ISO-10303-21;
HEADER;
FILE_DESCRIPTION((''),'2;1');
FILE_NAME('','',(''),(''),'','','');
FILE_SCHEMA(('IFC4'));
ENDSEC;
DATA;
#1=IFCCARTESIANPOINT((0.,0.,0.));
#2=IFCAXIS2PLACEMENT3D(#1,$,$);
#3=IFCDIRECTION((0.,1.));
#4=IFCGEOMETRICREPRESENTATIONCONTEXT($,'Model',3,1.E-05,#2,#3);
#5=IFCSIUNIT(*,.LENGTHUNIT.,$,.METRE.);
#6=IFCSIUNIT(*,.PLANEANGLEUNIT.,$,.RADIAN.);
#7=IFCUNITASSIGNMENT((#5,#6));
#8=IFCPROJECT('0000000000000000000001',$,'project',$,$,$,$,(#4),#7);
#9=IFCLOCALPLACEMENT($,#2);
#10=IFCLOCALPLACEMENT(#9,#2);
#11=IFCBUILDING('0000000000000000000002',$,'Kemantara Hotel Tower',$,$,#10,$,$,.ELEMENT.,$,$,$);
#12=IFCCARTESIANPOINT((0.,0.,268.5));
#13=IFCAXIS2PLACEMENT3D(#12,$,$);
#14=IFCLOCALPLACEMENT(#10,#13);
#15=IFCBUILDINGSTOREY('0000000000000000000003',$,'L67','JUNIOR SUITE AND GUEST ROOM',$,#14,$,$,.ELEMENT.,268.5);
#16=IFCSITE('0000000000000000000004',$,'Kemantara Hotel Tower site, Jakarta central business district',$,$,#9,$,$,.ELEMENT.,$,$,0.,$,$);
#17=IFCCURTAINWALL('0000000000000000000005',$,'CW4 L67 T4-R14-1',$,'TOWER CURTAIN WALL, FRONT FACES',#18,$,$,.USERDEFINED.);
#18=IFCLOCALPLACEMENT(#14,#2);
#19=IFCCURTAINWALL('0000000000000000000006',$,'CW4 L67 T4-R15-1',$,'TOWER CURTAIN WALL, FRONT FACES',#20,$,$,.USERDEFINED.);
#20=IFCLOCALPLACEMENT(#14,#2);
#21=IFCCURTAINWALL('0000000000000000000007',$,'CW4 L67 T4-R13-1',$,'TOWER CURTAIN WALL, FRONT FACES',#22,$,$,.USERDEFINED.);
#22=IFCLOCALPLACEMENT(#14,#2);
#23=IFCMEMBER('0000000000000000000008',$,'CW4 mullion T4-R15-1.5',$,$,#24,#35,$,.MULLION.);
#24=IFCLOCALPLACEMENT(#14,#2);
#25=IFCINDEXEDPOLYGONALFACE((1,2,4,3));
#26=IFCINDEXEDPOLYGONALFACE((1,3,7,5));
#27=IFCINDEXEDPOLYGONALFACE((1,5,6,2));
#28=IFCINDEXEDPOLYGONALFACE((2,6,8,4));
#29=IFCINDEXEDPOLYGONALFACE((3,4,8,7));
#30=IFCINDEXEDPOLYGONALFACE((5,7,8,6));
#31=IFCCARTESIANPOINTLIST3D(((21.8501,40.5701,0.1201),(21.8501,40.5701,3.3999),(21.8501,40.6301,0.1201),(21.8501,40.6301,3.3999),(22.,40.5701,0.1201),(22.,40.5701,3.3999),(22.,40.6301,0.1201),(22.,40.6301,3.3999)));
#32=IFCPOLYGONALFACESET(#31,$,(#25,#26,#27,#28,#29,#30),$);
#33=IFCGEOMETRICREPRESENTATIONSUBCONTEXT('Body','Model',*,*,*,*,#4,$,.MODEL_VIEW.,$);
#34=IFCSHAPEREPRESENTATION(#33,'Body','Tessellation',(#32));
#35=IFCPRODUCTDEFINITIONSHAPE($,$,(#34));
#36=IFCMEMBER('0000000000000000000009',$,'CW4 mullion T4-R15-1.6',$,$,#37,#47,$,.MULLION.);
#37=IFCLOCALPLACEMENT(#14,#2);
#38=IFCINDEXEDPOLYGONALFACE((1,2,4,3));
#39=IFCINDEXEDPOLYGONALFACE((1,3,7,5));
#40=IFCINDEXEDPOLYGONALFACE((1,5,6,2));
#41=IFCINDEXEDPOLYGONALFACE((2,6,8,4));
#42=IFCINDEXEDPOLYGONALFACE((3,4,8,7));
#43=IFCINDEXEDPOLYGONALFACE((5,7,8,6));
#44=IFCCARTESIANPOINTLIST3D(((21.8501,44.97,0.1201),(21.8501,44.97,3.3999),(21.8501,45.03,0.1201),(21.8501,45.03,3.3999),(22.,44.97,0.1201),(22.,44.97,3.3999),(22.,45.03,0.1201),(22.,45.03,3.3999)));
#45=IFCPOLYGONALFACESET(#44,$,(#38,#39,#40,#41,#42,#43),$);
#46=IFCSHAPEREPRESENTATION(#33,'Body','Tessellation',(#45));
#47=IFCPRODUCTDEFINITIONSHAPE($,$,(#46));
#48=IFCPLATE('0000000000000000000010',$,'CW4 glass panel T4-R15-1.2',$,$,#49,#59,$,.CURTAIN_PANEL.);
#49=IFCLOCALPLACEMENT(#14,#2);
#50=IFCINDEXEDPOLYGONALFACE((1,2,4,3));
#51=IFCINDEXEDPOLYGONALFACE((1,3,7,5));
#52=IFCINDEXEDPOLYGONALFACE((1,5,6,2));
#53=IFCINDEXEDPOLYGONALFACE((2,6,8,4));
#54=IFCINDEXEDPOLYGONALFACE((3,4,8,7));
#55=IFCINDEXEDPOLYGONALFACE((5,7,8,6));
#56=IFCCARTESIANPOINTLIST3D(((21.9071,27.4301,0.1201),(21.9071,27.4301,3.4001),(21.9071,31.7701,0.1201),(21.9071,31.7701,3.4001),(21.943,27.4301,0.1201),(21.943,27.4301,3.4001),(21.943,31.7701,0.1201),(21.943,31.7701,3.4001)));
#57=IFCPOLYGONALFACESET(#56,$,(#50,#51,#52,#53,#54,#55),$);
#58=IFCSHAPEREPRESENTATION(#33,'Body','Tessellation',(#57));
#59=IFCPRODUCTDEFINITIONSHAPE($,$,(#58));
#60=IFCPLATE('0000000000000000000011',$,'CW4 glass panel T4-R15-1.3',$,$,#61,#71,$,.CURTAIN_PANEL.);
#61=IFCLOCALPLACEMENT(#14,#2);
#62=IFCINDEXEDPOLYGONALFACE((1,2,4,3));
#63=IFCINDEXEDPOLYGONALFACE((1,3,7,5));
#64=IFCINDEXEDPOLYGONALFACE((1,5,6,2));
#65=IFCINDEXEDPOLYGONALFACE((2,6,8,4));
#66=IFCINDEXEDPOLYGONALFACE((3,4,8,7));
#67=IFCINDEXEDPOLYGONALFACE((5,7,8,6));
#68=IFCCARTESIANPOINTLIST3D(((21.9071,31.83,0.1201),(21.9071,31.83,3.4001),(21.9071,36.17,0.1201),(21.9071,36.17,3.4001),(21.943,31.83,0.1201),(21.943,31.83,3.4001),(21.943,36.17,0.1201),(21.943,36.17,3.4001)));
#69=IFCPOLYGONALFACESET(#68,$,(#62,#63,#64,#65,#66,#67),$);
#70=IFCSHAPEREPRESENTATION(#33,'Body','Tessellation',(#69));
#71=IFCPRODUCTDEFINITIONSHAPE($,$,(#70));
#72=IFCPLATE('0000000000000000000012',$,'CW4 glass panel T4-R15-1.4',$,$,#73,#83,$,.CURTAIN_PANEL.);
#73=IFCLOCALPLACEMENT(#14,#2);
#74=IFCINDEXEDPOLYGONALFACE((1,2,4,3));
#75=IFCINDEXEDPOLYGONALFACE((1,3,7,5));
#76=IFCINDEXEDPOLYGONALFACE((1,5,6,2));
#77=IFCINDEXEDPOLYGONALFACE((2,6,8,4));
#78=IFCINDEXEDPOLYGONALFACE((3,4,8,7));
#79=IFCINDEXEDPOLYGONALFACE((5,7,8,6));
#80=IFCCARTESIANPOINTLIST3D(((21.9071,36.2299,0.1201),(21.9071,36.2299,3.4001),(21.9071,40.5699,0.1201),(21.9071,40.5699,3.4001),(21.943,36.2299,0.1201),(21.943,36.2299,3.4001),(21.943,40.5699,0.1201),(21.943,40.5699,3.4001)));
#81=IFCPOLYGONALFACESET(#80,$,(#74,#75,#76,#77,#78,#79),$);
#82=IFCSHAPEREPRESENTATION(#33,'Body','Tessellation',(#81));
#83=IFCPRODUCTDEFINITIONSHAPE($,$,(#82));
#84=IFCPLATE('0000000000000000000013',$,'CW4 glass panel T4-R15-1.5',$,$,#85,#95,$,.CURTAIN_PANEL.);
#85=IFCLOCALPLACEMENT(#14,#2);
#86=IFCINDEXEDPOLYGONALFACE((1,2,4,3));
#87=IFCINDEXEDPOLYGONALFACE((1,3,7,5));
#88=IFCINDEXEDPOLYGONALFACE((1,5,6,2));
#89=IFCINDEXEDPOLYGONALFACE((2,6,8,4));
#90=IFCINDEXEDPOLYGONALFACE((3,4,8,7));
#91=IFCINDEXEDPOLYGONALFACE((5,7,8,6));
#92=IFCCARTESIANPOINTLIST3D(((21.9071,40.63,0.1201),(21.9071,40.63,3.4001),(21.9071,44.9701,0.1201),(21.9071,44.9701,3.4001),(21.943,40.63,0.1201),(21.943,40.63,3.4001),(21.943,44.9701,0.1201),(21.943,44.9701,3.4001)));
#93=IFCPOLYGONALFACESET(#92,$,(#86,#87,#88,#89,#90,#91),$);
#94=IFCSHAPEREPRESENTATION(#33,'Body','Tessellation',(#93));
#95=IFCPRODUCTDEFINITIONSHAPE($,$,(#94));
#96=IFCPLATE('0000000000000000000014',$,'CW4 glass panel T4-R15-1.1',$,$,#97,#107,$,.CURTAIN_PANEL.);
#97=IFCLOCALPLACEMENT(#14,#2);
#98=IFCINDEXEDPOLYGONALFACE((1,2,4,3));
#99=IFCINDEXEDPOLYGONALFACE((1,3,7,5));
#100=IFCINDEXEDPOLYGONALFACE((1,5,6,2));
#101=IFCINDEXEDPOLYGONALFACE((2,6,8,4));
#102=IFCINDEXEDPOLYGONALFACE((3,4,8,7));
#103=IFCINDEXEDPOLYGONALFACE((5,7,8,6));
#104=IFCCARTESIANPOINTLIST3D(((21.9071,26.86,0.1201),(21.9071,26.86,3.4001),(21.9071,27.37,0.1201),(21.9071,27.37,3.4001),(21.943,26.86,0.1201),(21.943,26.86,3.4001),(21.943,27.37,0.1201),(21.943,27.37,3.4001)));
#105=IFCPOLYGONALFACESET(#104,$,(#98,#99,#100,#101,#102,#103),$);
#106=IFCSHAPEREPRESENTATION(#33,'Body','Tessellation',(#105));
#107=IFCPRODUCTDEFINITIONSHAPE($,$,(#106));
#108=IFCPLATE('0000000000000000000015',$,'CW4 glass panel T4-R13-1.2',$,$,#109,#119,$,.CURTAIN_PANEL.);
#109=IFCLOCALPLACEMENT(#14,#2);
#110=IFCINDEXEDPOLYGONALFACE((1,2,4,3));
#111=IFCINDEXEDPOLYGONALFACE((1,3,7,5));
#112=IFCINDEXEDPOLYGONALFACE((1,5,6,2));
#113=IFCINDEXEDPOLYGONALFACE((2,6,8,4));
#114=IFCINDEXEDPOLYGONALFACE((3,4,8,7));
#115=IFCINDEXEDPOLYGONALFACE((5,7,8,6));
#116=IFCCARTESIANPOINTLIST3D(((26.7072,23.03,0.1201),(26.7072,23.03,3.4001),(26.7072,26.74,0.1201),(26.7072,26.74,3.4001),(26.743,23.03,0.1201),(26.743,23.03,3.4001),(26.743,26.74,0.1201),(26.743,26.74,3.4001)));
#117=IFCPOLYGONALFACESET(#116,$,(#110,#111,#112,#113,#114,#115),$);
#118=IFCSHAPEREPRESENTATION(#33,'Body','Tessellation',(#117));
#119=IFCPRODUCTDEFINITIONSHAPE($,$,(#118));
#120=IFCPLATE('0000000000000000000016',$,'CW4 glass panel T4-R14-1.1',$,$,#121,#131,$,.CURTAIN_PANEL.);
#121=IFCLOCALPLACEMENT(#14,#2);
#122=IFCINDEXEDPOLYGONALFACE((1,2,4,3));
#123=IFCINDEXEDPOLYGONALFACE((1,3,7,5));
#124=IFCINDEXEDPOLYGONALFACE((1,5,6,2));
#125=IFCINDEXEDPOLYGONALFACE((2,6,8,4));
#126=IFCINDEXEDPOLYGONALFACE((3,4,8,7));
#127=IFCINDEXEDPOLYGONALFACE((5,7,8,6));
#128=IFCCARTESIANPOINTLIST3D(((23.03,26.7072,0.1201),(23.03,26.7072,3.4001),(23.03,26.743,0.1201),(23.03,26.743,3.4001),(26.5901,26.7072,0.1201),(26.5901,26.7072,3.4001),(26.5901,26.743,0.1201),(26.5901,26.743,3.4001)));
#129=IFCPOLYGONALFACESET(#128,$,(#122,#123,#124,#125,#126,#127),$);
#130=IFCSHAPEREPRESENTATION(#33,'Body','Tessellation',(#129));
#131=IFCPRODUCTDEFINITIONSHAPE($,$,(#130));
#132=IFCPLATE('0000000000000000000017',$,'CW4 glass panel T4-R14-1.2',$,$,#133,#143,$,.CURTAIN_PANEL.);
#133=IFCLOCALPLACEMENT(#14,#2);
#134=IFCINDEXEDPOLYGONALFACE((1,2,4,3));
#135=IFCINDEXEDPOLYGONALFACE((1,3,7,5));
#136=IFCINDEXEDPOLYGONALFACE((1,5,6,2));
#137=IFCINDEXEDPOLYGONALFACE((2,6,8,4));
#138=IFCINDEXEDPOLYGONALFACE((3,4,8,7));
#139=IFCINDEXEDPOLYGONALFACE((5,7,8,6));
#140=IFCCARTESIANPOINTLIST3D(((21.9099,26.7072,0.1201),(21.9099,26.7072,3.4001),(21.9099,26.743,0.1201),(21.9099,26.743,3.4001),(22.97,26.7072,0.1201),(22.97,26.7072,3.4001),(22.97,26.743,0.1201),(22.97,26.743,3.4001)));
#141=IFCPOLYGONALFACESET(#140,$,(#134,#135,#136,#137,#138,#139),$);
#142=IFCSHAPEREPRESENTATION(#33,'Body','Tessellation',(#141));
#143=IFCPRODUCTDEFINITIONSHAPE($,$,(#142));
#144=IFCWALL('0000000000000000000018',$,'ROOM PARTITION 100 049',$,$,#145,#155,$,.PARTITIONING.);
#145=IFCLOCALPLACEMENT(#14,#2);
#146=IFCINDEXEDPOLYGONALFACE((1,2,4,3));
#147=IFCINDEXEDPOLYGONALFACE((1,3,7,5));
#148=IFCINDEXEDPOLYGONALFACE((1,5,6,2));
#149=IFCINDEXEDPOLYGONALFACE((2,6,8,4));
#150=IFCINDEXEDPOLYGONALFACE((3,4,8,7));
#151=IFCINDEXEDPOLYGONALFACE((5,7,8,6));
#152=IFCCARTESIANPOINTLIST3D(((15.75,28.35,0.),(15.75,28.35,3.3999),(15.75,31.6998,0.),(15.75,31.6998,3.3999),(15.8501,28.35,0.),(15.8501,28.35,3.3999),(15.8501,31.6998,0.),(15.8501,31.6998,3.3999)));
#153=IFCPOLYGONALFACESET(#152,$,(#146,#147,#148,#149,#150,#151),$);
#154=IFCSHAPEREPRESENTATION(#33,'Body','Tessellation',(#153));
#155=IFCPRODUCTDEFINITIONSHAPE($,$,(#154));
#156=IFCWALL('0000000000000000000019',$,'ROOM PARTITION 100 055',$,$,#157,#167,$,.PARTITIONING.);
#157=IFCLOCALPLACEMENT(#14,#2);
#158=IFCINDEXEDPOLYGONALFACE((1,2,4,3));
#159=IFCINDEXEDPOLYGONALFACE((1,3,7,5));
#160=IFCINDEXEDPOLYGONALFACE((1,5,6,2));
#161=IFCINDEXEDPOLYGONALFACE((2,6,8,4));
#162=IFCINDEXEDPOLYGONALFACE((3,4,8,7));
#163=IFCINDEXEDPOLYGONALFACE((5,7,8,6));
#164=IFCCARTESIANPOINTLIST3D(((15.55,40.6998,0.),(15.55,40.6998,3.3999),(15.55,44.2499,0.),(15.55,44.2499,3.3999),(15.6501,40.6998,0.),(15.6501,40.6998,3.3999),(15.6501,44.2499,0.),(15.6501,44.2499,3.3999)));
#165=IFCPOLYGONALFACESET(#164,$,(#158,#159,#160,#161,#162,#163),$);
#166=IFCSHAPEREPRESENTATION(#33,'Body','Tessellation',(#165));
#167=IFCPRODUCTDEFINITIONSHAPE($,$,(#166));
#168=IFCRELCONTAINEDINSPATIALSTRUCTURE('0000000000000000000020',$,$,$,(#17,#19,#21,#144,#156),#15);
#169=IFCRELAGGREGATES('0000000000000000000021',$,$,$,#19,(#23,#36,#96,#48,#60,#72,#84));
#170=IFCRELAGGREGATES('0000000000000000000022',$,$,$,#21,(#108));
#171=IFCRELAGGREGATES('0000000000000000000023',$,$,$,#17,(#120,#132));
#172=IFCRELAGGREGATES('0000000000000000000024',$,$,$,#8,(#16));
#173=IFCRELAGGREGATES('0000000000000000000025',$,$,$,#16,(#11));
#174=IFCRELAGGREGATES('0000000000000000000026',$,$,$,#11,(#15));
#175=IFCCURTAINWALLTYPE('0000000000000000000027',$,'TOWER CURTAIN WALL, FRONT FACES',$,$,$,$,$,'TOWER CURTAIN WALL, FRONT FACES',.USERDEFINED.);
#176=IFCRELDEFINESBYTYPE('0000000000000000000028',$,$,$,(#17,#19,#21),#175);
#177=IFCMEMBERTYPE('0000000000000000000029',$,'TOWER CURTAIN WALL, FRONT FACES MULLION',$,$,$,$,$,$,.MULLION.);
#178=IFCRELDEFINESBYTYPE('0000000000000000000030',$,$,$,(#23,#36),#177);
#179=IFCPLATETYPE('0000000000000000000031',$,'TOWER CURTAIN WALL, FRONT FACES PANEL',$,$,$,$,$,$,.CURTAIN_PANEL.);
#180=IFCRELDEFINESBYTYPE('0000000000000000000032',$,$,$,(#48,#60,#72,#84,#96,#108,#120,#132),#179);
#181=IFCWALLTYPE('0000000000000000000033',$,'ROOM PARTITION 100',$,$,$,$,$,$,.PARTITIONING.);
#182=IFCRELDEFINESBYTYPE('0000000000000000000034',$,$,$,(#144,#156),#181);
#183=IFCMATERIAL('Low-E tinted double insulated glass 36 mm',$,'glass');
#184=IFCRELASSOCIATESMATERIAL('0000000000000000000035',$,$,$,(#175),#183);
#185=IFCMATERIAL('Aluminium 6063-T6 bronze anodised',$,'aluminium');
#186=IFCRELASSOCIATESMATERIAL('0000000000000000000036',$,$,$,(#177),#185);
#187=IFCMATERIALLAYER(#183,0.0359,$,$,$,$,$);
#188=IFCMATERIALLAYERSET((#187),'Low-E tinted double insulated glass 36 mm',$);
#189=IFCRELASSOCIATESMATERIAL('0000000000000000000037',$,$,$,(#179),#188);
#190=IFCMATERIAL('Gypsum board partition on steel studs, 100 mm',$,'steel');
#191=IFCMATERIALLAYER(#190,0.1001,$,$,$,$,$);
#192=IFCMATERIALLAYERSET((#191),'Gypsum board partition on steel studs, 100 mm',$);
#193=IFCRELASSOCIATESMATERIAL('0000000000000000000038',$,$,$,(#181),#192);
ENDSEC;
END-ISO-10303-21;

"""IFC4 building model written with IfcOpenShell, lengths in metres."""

from ifc_helpers import new_model, si_unit, direction, frame, frame_2d, origin, origin_2d, place, context, subcontext, project, spatial, rectangle, extrude, source, transform, mapped, material, layer, layer_set, material_profile, profile_set, type_object, element, aggregate, save


model = new_model("IFC4")

# Units and contexts
model_context = context("Model", 3, precision=1e-05, world=origin(), true_north=direction((0.0, 1.0)))
body_context = subcontext(model_context, "Body", "Model", "MODEL_VIEW")
ifc_project = project(units=[si_unit("LENGTHUNIT", "METRE"), si_unit("PLANEANGLEUNIT", "RADIAN")], contexts=[model_context])

# Site, building, storey
site_placement = place(None, origin())
site = spatial("IfcSite", under=ifc_project, at=site_placement, Name="Kemantara Hotel Tower site, Jakarta central business district", CompositionType="ELEMENT", RefElevation=0.0)
building_placement = place(site_placement, origin())
building = spatial("IfcBuilding", under=site, at=building_placement, Name="Kemantara Hotel Tower", CompositionType="ELEMENT")
storey_placement = place(building_placement, frame((0.0, 0.0, 268.5)))
storey = spatial("IfcBuildingStorey", under=building, at=storey_placement, Name="L67", Description="JUNIOR SUITE AND GUEST ROOM", CompositionType="ELEMENT", Elevation=268.5)

# Curtain walls
ifc_material_1 = material(Name="Low-E tinted double insulated glass 36 mm", Category="glass")
curtain_wall_type = type_object("IfcCurtainWallType", Name="TOWER CURTAIN WALL, FRONT FACES", ElementType="TOWER CURTAIN WALL, FRONT FACES", PredefinedType="USERDEFINED", material=ifc_material_1)
curtain_wall_1_placement = place(storey_placement, origin())
curtain_wall_1 = element("IfcCurtainWall", 1, at=curtain_wall_1_placement, inside=storey, type_object=curtain_wall_type, Name="CW4 L67 T4-R14-1", ObjectType="TOWER CURTAIN WALL, FRONT FACES", PredefinedType="USERDEFINED")
ifc_material_2 = material(Name="Aluminium 6063-T6 bronze anodised", Category="aluminium")
curtain_wall_2_placement = place(storey_placement, origin())
curtain_wall_2 = element("IfcCurtainWall", 2, at=curtain_wall_2_placement, inside=storey, type_object=curtain_wall_type, Name="CW4 L67 T4-R15-1", ObjectType="TOWER CURTAIN WALL, FRONT FACES", PredefinedType="USERDEFINED")

# Curtain wall
curtain_wall_3_placement = place(storey_placement, origin())
curtain_wall_3 = element("IfcCurtainWall", 3, at=curtain_wall_3_placement, inside=storey, type_object=curtain_wall_type, Name="CW4 L67 T4-R13-1", ObjectType="TOWER CURTAIN WALL, FRONT FACES", PredefinedType="USERDEFINED")
ifc_material_profile_1 = material_profile(ifc_material_2, rectangle(XDim=0.1499, YDim=0.0601, at=origin_2d()), Name="TOWER CURTAIN WALL, FRONT FACES MULLION")
ifc_profile_set_1 = profile_set([ifc_material_profile_1], Name="Aluminium 6063-T6 bronze anodised")
member_type_1 = type_object("IfcMemberType", Name="TOWER CURTAIN WALL, FRONT FACES MULLION", PredefinedType="MULLION", material=ifc_profile_set_1)
shared_shape_1 = source(origin(), body_context, "Body", "SweptSolid", [
    extrude(rectangle(XDim=0.1499, YDim=0.0601, at=origin_2d()), origin(), (0.0, 0.0, 1.0), 3.2798),
])

# Members
member_1_placement = place(storey_placement, frame((21.925, 40.6001, 0.1201), z_axis=(0.0, 0.0, 1.0), x_axis=(-1.0, 0.0, 0.0)))
member_1 = element("IfcMember", 4, at=member_1_placement, type_object=member_type_1, Name="CW4 mullion T4-R15-1.5", PredefinedType="MULLION", context=body_context, shape_type="MappedRepresentation", body=[
    mapped(shared_shape_1, transform((0.0, 0.0, 0.0))),
])
member_2_placement = place(storey_placement, frame((21.925, 45.0, 0.1201), z_axis=(0.0, 0.0, 1.0), x_axis=(-1.0, 0.0, 0.0)))
member_2 = element("IfcMember", 5, at=member_2_placement, type_object=member_type_1, Name="CW4 mullion T4-R15-1.6", PredefinedType="MULLION", context=body_context, shape_type="MappedRepresentation", body=[
    mapped(shared_shape_1, transform((0.0, 0.0, 0.0))),
])

# Plates
ifc_layer_1 = layer(ifc_material_1, 0.0359)
ifc_layer_set_1 = layer_set([ifc_layer_1], Name="Low-E tinted double insulated glass 36 mm")
plate_type = type_object("IfcPlateType", Name="TOWER CURTAIN WALL, FRONT FACES PANEL", PredefinedType="CURTAIN_PANEL", material=ifc_layer_set_1)
shared_shape_2 = source(origin(), body_context, "Body", "SweptSolid", [
    extrude(rectangle(XDim=4.3401, YDim=0.0359, at=origin_2d()), origin(), (0.0, 0.0, 1.0), 3.28),
])
plate_1_placement = place(storey_placement, frame((21.925, 29.6001, 0.1201), z_axis=(0.0, 0.0, 1.0), x_axis=(0.0, 1.0, 0.0)))
plate_1 = element("IfcPlate", 6, at=plate_1_placement, type_object=plate_type, Name="CW4 glass panel T4-R15-1.2", PredefinedType="CURTAIN_PANEL", context=body_context, shape_type="MappedRepresentation", body=[
    mapped(shared_shape_2, transform((0.0, 0.0, 0.0))),
])
plate_2_placement = place(storey_placement, frame((21.925, 34.0, 0.1201), z_axis=(0.0, 0.0, 1.0), x_axis=(0.0, 1.0, 0.0)))
plate_2 = element("IfcPlate", 7, at=plate_2_placement, type_object=plate_type, Name="CW4 glass panel T4-R15-1.3", PredefinedType="CURTAIN_PANEL", context=body_context, shape_type="MappedRepresentation", body=[
    mapped(shared_shape_2, transform((0.0, 0.0, 0.0))),
])
plate_3_placement = place(storey_placement, frame((21.925, 38.3999, 0.1201), z_axis=(0.0, 0.0, 1.0), x_axis=(0.0, 1.0, 0.0)))
plate_3 = element("IfcPlate", 8, at=plate_3_placement, type_object=plate_type, Name="CW4 glass panel T4-R15-1.4", PredefinedType="CURTAIN_PANEL", context=body_context, shape_type="MappedRepresentation", body=[
    mapped(shared_shape_2, transform((0.0, 0.0, 0.0))),
])
plate_4_placement = place(storey_placement, frame((21.925, 42.8, 0.1201), z_axis=(0.0, 0.0, 1.0), x_axis=(0.0, 1.0, 0.0)))
plate_4 = element("IfcPlate", 9, at=plate_4_placement, type_object=plate_type, Name="CW4 glass panel T4-R15-1.5", PredefinedType="CURTAIN_PANEL", context=body_context, shape_type="MappedRepresentation", body=[
    mapped(shared_shape_2, transform((0.0, 0.0, 0.0))),
])
shared_shape_3 = source(origin(), body_context, "Body", "SweptSolid", [
    extrude(rectangle(XDim=0.51, YDim=0.0359, at=origin_2d()), origin(), (0.0, 0.0, 1.0), 3.28),
])
plate_5_placement = place(storey_placement, frame((21.925, 27.115, 0.1201), z_axis=(0.0, 0.0, 1.0), x_axis=(0.0, 1.0, 0.0)))
plate_5 = element("IfcPlate", 10, at=plate_5_placement, type_object=plate_type, Name="CW4 glass panel T4-R15-1.1", PredefinedType="CURTAIN_PANEL", context=body_context, shape_type="MappedRepresentation", body=[
    mapped(shared_shape_3, transform((0.0, 0.0, 0.0))),
])
aggregate(curtain_wall_2, [member_1, member_2, plate_5, plate_1, plate_2, plate_3, plate_4])
shared_shape_4 = source(origin(), body_context, "Body", "SweptSolid", [
    extrude(rectangle(XDim=3.71, YDim=0.0359, at=origin_2d()), origin(), (0.0, 0.0, 1.0), 3.28),
])
plate_6_placement = place(storey_placement, frame((26.7251, 24.885, 0.1201), z_axis=(0.0, 0.0, 1.0), x_axis=(0.0, 1.0, 0.0)))
plate_6 = element("IfcPlate", 11, at=plate_6_placement, type_object=plate_type, Name="CW4 glass panel T4-R13-1.2", PredefinedType="CURTAIN_PANEL", context=body_context, shape_type="MappedRepresentation", body=[
    mapped(shared_shape_4, transform((0.0, 0.0, 0.0))),
])
aggregate(curtain_wall_3, [plate_6])
shared_shape_5 = source(origin(), body_context, "Body", "SweptSolid", [
    extrude(rectangle(XDim=3.5601, YDim=0.0359, at=origin_2d()), origin(), (0.0, 0.0, 1.0), 3.28),
])
plate_7_placement = place(storey_placement, frame((24.8101, 26.7251, 0.1201), z_axis=(0.0, 0.0, 1.0), x_axis=(-1.0, 0.0, 0.0)))
plate_7 = element("IfcPlate", 12, at=plate_7_placement, type_object=plate_type, Name="CW4 glass panel T4-R14-1.1", PredefinedType="CURTAIN_PANEL", context=body_context, shape_type="MappedRepresentation", body=[
    mapped(shared_shape_5, transform((0.0, 0.0, 0.0))),
])
shared_shape_6 = source(origin(), body_context, "Body", "SweptSolid", [
    extrude(rectangle(XDim=1.0601, YDim=0.0359, at=origin_2d()), origin(), (0.0, 0.0, 1.0), 3.28),
])
plate_8_placement = place(storey_placement, frame((22.4399, 26.7251, 0.1201), z_axis=(0.0, 0.0, 1.0), x_axis=(-1.0, 0.0, 0.0)))
plate_8 = element("IfcPlate", 13, at=plate_8_placement, type_object=plate_type, Name="CW4 glass panel T4-R14-1.2", PredefinedType="CURTAIN_PANEL", context=body_context, shape_type="MappedRepresentation", body=[
    mapped(shared_shape_6, transform((0.0, 0.0, 0.0))),
])
aggregate(curtain_wall_1, [plate_7, plate_8])

# Walls
ifc_material_3 = material(Name="Gypsum board partition on steel studs, 100 mm", Category="steel")
ifc_layer_2 = layer(ifc_material_3, 0.1001)
ifc_layer_set_2 = layer_set([ifc_layer_2], Name="Gypsum board partition on steel studs, 100 mm")
wall_type = type_object("IfcWallType", Name="ROOM PARTITION 100", PredefinedType="PARTITIONING", material=ifc_layer_set_2)
wall_1_placement = place(storey_placement, frame((15.8, 28.3501, 0.0), z_axis=(0.0, 0.0, 1.0), x_axis=(0.0, 1.0, 0.0)))
element("IfcWall", 14, at=wall_1_placement, inside=storey, type_object=wall_type, Name="ROOM PARTITION 100 049", PredefinedType="PARTITIONING", context=body_context, shape_type="SweptSolid", body=[
    extrude(rectangle(XDim=3.3499, YDim=0.1001, at=frame_2d((1.6748, 0.0))), origin(), (0.0, 0.0, 1.0), 3.3999),
])
wall_2_placement = place(storey_placement, frame((15.6001, 40.7, 0.0), z_axis=(0.0, 0.0, 1.0), x_axis=(0.0, 1.0, 0.0)))
element("IfcWall", 15, at=wall_2_placement, inside=storey, type_object=wall_type, Name="ROOM PARTITION 100 055", PredefinedType="PARTITIONING", context=body_context, shape_type="SweptSolid", body=[
    extrude(rectangle(XDim=3.55, YDim=0.1001, at=frame_2d((1.7749, 0.0))), origin(), (0.0, 0.0, 1.0), 3.3999),
])

save(model, "model.ifc")
